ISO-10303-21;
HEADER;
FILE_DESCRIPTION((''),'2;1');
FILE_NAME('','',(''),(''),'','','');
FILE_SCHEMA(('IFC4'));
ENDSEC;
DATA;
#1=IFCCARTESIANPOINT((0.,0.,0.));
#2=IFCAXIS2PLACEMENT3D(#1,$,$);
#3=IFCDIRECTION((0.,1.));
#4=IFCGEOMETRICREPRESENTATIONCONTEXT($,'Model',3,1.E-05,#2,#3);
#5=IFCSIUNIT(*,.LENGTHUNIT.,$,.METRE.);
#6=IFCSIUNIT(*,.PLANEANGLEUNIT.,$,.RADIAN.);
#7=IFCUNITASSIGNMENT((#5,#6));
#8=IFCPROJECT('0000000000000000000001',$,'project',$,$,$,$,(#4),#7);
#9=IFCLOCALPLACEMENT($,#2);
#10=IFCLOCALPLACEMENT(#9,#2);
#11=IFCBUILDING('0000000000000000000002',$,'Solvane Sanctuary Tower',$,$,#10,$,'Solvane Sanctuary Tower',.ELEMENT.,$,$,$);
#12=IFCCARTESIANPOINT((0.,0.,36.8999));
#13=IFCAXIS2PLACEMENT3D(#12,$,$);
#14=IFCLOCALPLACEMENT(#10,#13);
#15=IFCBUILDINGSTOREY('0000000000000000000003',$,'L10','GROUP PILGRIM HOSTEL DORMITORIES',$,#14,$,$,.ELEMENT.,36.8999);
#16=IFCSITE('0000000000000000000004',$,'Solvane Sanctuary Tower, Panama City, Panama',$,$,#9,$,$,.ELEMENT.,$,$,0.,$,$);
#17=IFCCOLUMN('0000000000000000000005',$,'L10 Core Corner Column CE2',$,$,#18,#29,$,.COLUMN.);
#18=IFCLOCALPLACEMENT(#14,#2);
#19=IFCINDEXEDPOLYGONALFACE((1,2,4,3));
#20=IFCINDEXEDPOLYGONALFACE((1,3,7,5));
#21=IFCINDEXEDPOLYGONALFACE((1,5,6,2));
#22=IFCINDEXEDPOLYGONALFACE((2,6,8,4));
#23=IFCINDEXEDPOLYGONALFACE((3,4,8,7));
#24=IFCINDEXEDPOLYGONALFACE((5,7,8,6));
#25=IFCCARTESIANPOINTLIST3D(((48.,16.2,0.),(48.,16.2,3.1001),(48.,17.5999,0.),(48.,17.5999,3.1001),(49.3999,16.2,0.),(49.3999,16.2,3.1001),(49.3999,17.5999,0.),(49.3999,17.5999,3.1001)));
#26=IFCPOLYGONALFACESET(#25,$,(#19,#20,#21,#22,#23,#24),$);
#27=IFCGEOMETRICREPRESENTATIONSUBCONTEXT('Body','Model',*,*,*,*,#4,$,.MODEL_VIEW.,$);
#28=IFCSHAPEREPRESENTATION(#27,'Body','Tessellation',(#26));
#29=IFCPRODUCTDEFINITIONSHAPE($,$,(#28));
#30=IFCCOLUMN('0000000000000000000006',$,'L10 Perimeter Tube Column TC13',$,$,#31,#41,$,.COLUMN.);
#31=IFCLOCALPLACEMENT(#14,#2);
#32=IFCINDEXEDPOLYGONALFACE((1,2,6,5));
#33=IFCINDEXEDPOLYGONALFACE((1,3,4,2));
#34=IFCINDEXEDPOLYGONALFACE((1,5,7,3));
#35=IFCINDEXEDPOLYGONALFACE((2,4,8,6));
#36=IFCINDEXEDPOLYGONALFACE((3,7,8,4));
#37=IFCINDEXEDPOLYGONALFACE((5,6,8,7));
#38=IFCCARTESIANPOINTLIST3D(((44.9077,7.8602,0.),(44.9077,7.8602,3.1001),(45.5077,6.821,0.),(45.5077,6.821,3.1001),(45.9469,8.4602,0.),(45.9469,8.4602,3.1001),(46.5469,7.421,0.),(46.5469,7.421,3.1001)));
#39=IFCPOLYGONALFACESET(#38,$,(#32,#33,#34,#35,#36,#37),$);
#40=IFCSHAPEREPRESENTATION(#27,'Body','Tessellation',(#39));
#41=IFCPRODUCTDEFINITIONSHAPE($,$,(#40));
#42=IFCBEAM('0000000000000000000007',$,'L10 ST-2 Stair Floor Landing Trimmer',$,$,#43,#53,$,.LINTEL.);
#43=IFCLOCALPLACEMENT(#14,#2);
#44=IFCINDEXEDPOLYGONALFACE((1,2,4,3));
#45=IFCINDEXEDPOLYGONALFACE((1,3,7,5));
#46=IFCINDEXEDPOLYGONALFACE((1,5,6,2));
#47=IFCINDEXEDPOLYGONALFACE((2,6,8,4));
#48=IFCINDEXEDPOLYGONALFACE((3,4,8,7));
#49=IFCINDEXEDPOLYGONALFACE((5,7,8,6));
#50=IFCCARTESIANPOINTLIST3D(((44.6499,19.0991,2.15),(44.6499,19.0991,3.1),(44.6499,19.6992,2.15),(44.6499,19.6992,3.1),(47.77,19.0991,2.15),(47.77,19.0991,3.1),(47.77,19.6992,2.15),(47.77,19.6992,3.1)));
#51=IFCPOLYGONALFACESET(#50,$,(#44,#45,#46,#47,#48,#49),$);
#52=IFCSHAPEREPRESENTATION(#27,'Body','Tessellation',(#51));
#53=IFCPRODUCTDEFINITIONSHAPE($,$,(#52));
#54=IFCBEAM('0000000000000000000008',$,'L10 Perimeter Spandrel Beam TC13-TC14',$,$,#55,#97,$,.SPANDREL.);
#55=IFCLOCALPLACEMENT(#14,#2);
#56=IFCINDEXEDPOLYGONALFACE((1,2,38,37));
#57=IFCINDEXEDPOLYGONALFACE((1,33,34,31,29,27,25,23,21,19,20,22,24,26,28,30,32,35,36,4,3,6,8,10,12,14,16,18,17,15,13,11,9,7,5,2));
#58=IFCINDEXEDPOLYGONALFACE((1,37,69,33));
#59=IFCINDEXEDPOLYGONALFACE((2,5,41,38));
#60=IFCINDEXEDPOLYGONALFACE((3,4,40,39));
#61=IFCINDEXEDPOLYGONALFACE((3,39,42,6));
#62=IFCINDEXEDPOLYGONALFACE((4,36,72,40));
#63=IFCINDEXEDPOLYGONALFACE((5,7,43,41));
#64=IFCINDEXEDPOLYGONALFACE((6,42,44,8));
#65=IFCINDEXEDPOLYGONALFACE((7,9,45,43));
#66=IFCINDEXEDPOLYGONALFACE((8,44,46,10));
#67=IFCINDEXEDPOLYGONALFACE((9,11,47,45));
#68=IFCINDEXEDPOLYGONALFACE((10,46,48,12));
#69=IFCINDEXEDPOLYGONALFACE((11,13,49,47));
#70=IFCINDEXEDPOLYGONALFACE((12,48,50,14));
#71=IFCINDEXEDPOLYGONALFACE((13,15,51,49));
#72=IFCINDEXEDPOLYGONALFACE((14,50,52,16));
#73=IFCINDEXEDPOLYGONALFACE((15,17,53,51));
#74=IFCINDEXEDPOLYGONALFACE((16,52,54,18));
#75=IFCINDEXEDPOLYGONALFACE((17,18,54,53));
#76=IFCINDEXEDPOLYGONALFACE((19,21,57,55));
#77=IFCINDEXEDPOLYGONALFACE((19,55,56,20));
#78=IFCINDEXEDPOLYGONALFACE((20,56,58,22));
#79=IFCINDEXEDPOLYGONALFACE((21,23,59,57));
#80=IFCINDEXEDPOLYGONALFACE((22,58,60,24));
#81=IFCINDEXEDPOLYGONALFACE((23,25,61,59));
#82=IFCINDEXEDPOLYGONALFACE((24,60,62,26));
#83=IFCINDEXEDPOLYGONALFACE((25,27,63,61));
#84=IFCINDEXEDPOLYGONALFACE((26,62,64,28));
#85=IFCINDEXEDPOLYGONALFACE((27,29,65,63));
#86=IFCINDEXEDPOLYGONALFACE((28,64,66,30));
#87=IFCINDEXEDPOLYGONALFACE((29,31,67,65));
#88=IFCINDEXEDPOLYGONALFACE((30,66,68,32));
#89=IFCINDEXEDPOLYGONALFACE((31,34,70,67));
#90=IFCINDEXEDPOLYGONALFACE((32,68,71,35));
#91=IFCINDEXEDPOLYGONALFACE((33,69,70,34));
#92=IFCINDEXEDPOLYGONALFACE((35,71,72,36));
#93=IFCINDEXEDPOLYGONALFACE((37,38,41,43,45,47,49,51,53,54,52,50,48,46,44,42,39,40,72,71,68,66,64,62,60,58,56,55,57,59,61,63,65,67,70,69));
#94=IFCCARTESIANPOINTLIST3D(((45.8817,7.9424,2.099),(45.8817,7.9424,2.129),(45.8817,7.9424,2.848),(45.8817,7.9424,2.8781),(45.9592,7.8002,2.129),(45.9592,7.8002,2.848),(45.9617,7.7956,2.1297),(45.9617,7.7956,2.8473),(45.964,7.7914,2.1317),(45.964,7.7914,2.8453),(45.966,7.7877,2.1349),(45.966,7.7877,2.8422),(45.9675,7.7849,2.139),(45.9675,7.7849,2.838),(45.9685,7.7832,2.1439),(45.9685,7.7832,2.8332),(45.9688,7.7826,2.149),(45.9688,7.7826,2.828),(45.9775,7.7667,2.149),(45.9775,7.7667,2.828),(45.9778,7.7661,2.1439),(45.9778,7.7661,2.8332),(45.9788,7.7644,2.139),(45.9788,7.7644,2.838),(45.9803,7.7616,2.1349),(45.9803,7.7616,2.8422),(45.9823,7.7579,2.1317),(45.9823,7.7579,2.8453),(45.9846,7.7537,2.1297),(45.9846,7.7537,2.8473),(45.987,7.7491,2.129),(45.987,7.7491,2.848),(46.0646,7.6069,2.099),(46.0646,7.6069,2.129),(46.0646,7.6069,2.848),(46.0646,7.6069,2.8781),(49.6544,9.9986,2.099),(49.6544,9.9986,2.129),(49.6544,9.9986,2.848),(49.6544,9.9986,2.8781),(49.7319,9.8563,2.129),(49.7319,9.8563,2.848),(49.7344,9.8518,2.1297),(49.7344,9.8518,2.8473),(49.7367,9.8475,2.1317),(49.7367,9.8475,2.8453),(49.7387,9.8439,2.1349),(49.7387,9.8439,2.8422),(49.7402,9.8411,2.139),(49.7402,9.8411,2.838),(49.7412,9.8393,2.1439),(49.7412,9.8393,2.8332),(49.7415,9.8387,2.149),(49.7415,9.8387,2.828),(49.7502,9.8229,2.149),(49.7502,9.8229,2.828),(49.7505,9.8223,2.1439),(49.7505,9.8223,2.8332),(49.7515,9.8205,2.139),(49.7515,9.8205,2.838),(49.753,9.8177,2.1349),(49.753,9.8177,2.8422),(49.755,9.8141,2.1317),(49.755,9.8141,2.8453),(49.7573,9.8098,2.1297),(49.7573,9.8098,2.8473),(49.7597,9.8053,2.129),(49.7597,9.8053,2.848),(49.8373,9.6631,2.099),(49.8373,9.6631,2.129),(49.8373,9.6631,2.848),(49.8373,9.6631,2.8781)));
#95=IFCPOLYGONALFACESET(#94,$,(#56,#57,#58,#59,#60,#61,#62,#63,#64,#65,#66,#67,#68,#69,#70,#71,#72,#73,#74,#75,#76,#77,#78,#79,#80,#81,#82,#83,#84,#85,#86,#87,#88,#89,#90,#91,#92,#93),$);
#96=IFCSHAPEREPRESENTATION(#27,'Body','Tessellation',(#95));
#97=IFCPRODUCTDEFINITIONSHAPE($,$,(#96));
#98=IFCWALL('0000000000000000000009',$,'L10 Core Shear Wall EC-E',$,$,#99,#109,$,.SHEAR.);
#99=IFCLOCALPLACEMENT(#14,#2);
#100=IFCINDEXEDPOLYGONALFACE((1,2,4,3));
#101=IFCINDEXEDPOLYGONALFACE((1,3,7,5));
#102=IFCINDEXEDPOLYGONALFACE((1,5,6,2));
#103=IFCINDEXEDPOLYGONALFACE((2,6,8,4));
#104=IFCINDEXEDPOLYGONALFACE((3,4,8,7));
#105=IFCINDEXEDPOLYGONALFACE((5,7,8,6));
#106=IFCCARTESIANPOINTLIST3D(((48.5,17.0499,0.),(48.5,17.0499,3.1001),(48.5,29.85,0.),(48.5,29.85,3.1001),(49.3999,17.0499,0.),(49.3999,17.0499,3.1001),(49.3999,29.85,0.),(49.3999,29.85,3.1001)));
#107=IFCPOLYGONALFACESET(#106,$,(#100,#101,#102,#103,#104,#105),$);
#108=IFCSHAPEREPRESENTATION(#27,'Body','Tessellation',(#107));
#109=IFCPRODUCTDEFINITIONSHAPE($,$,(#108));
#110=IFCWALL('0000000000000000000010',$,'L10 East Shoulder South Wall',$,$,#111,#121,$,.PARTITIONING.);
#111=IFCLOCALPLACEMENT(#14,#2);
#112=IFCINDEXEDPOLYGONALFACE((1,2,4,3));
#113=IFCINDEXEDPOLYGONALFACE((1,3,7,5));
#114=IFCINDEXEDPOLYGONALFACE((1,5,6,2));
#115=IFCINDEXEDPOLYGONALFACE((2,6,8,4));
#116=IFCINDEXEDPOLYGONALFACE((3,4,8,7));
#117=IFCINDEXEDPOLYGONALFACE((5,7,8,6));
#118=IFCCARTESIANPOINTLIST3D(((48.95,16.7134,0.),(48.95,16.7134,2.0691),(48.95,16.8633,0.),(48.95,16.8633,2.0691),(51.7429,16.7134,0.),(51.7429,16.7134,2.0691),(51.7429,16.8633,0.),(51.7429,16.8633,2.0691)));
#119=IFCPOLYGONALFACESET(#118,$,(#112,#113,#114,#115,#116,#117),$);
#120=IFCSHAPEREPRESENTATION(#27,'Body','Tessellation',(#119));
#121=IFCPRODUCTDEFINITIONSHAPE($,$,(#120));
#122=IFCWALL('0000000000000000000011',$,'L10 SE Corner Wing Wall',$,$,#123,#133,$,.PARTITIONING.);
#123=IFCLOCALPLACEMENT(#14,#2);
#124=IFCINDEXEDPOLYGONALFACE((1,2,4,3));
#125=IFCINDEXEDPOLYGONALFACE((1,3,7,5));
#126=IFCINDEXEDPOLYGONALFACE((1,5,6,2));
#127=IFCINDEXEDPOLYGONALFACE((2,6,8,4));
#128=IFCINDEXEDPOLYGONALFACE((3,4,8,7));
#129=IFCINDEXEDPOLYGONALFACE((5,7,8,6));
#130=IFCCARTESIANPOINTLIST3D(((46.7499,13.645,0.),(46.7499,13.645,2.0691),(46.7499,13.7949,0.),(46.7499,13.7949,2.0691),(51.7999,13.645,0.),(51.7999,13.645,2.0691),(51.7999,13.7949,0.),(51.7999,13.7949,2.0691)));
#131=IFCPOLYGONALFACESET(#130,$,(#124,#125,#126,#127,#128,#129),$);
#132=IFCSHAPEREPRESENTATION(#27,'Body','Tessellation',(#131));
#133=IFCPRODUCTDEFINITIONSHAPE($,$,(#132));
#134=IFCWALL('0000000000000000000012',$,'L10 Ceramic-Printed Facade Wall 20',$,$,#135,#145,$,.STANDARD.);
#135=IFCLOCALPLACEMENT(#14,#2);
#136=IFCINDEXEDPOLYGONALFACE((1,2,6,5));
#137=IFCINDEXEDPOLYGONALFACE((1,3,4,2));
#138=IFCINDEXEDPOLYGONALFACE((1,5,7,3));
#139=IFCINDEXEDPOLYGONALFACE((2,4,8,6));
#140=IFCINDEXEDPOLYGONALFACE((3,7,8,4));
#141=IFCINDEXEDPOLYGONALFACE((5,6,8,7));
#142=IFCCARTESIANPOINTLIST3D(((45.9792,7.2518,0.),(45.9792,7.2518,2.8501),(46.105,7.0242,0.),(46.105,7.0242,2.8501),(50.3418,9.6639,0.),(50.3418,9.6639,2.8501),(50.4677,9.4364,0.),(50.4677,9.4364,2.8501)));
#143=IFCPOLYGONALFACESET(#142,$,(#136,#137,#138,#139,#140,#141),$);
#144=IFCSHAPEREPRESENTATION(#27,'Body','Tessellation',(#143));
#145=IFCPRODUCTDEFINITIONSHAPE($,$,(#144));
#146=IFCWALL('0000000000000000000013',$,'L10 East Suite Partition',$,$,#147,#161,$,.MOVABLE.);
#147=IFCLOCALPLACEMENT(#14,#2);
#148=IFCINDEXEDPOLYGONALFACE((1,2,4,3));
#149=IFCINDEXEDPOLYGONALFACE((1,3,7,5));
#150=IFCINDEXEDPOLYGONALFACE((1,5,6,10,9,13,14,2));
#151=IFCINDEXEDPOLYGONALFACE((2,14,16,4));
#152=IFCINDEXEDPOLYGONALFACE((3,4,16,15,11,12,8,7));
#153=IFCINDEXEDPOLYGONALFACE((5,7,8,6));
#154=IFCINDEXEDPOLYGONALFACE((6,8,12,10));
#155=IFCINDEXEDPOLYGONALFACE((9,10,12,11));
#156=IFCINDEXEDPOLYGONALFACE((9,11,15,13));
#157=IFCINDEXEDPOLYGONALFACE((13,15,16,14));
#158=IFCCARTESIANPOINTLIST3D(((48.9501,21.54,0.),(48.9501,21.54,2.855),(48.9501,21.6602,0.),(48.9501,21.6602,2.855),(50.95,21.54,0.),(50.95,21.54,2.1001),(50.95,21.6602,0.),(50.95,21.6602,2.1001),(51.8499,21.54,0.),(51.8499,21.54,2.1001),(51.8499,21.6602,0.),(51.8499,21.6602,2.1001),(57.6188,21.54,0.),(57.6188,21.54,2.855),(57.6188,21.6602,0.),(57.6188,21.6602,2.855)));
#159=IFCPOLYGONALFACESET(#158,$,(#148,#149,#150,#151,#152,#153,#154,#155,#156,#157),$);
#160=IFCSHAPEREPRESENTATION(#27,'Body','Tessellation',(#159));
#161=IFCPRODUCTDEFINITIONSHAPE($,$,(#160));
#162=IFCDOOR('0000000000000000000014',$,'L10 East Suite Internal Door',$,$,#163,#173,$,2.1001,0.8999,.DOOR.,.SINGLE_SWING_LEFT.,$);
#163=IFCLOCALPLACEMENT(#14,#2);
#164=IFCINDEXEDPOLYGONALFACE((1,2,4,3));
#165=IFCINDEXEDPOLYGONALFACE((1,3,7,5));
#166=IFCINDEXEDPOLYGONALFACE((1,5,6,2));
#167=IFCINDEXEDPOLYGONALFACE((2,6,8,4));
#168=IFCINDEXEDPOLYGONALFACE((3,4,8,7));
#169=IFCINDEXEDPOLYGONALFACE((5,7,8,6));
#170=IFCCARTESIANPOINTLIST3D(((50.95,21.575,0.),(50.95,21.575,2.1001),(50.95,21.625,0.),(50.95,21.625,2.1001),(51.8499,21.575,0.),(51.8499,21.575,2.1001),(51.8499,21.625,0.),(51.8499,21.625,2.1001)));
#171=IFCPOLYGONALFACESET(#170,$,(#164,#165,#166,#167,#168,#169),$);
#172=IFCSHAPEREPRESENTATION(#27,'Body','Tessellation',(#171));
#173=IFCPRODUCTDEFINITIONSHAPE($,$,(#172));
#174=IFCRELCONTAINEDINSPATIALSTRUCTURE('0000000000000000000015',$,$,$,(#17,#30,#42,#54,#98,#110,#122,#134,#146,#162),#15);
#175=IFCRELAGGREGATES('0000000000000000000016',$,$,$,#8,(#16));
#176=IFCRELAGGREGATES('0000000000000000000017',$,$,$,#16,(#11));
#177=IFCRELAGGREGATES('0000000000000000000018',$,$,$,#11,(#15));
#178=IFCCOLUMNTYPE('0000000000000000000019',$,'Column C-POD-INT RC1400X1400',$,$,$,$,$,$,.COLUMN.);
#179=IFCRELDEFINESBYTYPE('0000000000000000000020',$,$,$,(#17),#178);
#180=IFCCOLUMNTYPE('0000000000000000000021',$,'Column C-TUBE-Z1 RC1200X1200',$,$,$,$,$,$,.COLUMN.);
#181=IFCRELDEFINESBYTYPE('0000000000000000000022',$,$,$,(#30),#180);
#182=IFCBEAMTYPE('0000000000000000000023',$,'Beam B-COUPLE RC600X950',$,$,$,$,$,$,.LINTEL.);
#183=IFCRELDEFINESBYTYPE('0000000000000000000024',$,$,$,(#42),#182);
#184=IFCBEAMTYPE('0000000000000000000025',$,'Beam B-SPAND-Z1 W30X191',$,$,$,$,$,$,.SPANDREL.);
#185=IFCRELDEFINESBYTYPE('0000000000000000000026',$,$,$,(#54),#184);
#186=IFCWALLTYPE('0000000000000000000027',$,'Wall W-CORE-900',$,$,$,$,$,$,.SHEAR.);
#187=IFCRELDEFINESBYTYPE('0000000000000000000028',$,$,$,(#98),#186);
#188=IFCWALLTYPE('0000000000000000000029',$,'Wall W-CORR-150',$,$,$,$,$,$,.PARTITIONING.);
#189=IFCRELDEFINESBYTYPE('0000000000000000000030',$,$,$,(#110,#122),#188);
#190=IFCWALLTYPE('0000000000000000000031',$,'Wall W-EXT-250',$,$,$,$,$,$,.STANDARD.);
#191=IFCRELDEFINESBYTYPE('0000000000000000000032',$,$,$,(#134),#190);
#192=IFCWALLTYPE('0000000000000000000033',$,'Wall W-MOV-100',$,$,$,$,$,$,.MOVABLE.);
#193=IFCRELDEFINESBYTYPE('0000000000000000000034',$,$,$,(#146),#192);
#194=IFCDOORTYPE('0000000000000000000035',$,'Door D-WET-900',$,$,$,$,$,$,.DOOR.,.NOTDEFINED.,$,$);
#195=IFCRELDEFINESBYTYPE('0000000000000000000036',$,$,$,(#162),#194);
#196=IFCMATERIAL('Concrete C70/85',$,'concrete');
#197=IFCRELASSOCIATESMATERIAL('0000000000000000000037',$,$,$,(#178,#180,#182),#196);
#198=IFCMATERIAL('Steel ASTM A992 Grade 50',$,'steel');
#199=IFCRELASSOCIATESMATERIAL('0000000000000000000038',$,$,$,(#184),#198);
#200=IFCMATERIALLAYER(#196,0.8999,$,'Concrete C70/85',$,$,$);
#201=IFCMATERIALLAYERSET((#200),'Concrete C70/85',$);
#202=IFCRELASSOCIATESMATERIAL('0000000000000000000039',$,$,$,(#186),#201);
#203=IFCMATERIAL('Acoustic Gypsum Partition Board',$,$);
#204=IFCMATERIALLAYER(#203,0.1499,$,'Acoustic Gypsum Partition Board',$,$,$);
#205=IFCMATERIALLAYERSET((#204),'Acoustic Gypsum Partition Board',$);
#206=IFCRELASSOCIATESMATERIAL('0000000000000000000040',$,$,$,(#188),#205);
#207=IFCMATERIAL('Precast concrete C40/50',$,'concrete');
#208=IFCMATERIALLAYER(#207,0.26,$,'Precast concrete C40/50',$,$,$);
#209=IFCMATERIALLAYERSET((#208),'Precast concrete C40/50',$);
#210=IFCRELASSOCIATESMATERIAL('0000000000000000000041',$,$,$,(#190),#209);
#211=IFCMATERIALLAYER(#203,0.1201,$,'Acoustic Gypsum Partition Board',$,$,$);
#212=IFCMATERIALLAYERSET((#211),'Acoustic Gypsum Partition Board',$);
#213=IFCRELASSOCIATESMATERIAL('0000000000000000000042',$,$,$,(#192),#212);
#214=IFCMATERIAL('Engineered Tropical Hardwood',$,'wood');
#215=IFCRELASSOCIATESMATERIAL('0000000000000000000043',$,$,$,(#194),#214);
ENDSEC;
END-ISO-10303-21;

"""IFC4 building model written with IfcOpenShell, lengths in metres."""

from ifc_helpers import new_model, si_unit, direction, frame, frame_2d, origin, origin_2d, place, context, subcontext, project, spatial, rectangle, i_section, extrude, material, layer, layer_set, material_profile, profile_set, type_object, element, fill, save


model = new_model("IFC4")

# Units and contexts
model_context = context("Model", 3, precision=1e-05, world=origin(), true_north=direction((0.0, 1.0)))
body_context = subcontext(model_context, "Body", "Model", "MODEL_VIEW")
ifc_project = project(units=[si_unit("LENGTHUNIT", "METRE"), si_unit("PLANEANGLEUNIT", "RADIAN")], contexts=[model_context])

# Site, building, storey
site_placement = place(None, origin())
site = spatial("IfcSite", under=ifc_project, at=site_placement, Name="Solvane Sanctuary Tower, Panama City, Panama", CompositionType="ELEMENT", RefElevation=0.0)
building_placement = place(site_placement, origin())
building = spatial("IfcBuilding", under=site, at=building_placement, Name="Solvane Sanctuary Tower", LongName="Solvane Sanctuary Tower", CompositionType="ELEMENT")
storey_placement = place(building_placement, frame((0.0, 0.0, 36.8999)))
storey = spatial("IfcBuildingStorey", under=building, at=storey_placement, Name="L10", Description="GROUP PILGRIM HOSTEL DORMITORIES", CompositionType="ELEMENT", Elevation=36.8999)

# Columns
ifc_material_1 = material(Name="Concrete C70/85", Category="concrete")
ifc_material_profile_1 = material_profile(ifc_material_1, rectangle(XDim=1.3999, YDim=1.3999, at=origin_2d()), Name="RC1400X1400")
ifc_profile_set_1 = profile_set([ifc_material_profile_1], Name="Concrete C70/85")
column_type_1 = type_object("IfcColumnType", Name="Column C-POD-INT RC1400X1400", PredefinedType="COLUMN", material=ifc_profile_set_1)
column_1_placement = place(storey_placement, frame((48.7, 16.8999, 0.0), z_axis=(0.0, 0.0, 1.0), x_axis=(1.0, 0.0, 0.0)))
element("IfcColumn", 1, at=column_1_placement, inside=storey, type_object=column_type_1, Name="L10 Core Corner Column CE2", PredefinedType="COLUMN", context=body_context, shape_type="SweptSolid", body=[
    extrude(rectangle(XDim=1.3999, YDim=1.3999, at=origin_2d()), origin(), (0.0, 0.0, 1.0), 3.1001),
])
ifc_material_profile_2 = material_profile(ifc_material_1, rectangle(XDim=1.2, YDim=1.2, at=origin_2d()), Name="RC1200X1200")
ifc_profile_set_2 = profile_set([ifc_material_profile_2], Name="Concrete C70/85")
column_type_2 = type_object("IfcColumnType", Name="Column C-TUBE-Z1 RC1200X1200", PredefinedType="COLUMN", material=ifc_profile_set_2)
column_2_placement = place(storey_placement, frame((45.7273, 7.6406, 0.0), z_axis=(0.0, 0.0, 1.0), x_axis=(0.5, -0.866025, 0.0)))
element("IfcColumn", 2, at=column_2_placement, inside=storey, type_object=column_type_2, Name="L10 Perimeter Tube Column TC13", PredefinedType="COLUMN", context=body_context, shape_type="SweptSolid", body=[
    extrude(rectangle(XDim=1.2, YDim=1.2, at=origin_2d()), origin(), (0.0, 0.0, 1.0), 3.1001),
])

# Beams
ifc_material_profile_3 = material_profile(ifc_material_1, rectangle(XDim=0.6001, YDim=0.95, at=origin_2d()), Name="RC600X950")
ifc_profile_set_3 = profile_set([ifc_material_profile_3], Name="Concrete C70/85")
beam_type_1 = type_object("IfcBeamType", Name="Beam B-COUPLE RC600X950", PredefinedType="LINTEL", material=ifc_profile_set_3)
beam_1_placement = place(storey_placement, frame((44.6499, 19.3992, 2.625), z_axis=(1.0, 0.0, 0.0), x_axis=(0.0, 1.0, 0.0)))
element("IfcBeam", 3, at=beam_1_placement, inside=storey, type_object=beam_type_1, Name="L10 ST-2 Stair Floor Landing Trimmer", PredefinedType="LINTEL", context=body_context, shape_type="SweptSolid", body=[
    extrude(rectangle(XDim=0.6001, YDim=0.95, at=origin_2d()), origin(), (0.0, 0.0, 1.0), 3.1201),
])
ifc_material_2 = material(Name="Steel ASTM A992 Grade 50", Category="steel")
ifc_material_profile_4 = material_profile(ifc_material_2, i_section(OverallWidth=0.3821, OverallDepth=0.7791, WebThickness=0.0181, FlangeThickness=0.03, FilletRadius=0.02, at=origin_2d()), Name="W30X191")
ifc_profile_set_4 = profile_set([ifc_material_profile_4], Name="Steel ASTM A992 Grade 50")
beam_type_2 = type_object("IfcBeamType", Name="Beam B-SPAND-Z1 W30X191", PredefinedType="SPANDREL", material=ifc_profile_set_4)
beam_2_placement = place(storey_placement, frame((45.9731, 7.7747, 2.4885), z_axis=(0.878061, 0.47855, 0.0), x_axis=(-0.47855, 0.878061, 0.0)))
element("IfcBeam", 4, at=beam_2_placement, inside=storey, type_object=beam_type_2, Name="L10 Perimeter Spandrel Beam TC13-TC14", PredefinedType="SPANDREL", context=body_context, shape_type="SweptSolid", body=[
    extrude(i_section(OverallWidth=0.3821, OverallDepth=0.7791, WebThickness=0.0181, FlangeThickness=0.03, FilletRadius=0.02, at=origin_2d()), origin(), (0.0, 0.0, 1.0), 4.2966),
])

# Walls
ifc_layer_1 = layer(ifc_material_1, 0.8999, Name="Concrete C70/85")
ifc_layer_set_1 = layer_set([ifc_layer_1], Name="Concrete C70/85")
wall_type_1 = type_object("IfcWallType", Name="Wall W-CORE-900", PredefinedType="SHEAR", material=ifc_layer_set_1)
wall_1_placement = place(storey_placement, frame((48.95, 17.05, 0.0), z_axis=(0.0, 0.0, 1.0), x_axis=(0.0, 1.0, 0.0)))
element("IfcWall", 5, at=wall_1_placement, inside=storey, type_object=wall_type_1, Name="L10 Core Shear Wall EC-E", PredefinedType="SHEAR", context=body_context, shape_type="SweptSolid", body=[
    extrude(rectangle(XDim=12.8, YDim=0.8999, at=frame_2d((6.3999, 0.0))), origin(), (0.0, 0.0, 1.0), 3.1001),
])
ifc_material_3 = material(Name="Acoustic Gypsum Partition Board")
ifc_layer_2 = layer(ifc_material_3, 0.1499, Name="Acoustic Gypsum Partition Board")
ifc_layer_set_2 = layer_set([ifc_layer_2], Name="Acoustic Gypsum Partition Board")
wall_type_2 = type_object("IfcWallType", Name="Wall W-CORR-150", PredefinedType="PARTITIONING", material=ifc_layer_set_2)
wall_2_placement = place(storey_placement, frame((48.95, 16.7883, 0.0), z_axis=(0.0, 0.0, 1.0), x_axis=(1.0, 0.0, 0.0)))
element("IfcWall", 6, at=wall_2_placement, inside=storey, type_object=wall_type_2, Name="L10 East Shoulder South Wall", PredefinedType="PARTITIONING", context=body_context, shape_type="SweptSolid", body=[
    extrude(rectangle(XDim=2.793, YDim=0.1499, at=frame_2d((1.3965, 0.0))), origin(), (0.0, 0.0, 1.0), 2.0691),
])
wall_3_placement = place(storey_placement, frame((46.75, 13.72, 0.0), z_axis=(0.0, 0.0, 1.0), x_axis=(1.0, 0.0, 0.0)))
element("IfcWall", 7, at=wall_3_placement, inside=storey, type_object=wall_type_2, Name="L10 SE Corner Wing Wall", PredefinedType="PARTITIONING", context=body_context, shape_type="SweptSolid", body=[
    extrude(rectangle(XDim=5.05, YDim=0.1499, at=frame_2d((2.5249, 0.0))), origin(), (0.0, 0.0, 1.0), 2.0691),
])
ifc_material_4 = material(Name="Precast concrete C40/50", Category="concrete")
ifc_layer_3 = layer(ifc_material_4, 0.26, Name="Precast concrete C40/50")
ifc_layer_set_3 = layer_set([ifc_layer_3], Name="Precast concrete C40/50")
wall_type_3 = type_object("IfcWallType", Name="Wall W-EXT-250", PredefinedType="STANDARD", material=ifc_layer_set_3)
wall_4_placement = place(storey_placement, frame((46.042, 7.1379, 0.0), z_axis=(0.0, 0.0, 1.0), x_axis=(0.875137, 0.483875, 0.0)))
element("IfcWall", 8, at=wall_4_placement, inside=storey, type_object=wall_type_3, Name="L10 Ceramic-Printed Facade Wall 20", PredefinedType="STANDARD", context=body_context, shape_type="SweptSolid", body=[
    extrude(rectangle(XDim=4.9851, YDim=0.26, at=frame_2d((2.4927, 0.0))), origin(), (0.0, 0.0, 1.0), 2.8501),
])

# Wall, opening, door
ifc_layer_4 = layer(ifc_material_3, 0.1201, Name="Acoustic Gypsum Partition Board")
ifc_layer_set_4 = layer_set([ifc_layer_4], Name="Acoustic Gypsum Partition Board")
wall_type_4 = type_object("IfcWallType", Name="Wall W-MOV-100", PredefinedType="MOVABLE", material=ifc_layer_set_4)
wall_5_placement = place(storey_placement, frame((48.95, 21.6001, 0.0), z_axis=(0.0, 0.0, 1.0), x_axis=(1.0, 0.0, 0.0)))
wall_5 = element("IfcWall", 9, at=wall_5_placement, inside=storey, type_object=wall_type_4, Name="L10 East Suite Partition", PredefinedType="MOVABLE", context=body_context, shape_type="SweptSolid", body=[
    extrude(rectangle(XDim=8.6687, YDim=0.1201, at=frame_2d((4.3345, 0.0))), origin(), (0.0, 0.0, 1.0), 2.855),
])
opening_1_placement = place(wall_5_placement, frame((2.0, 0.0, 0.0)))
opening_1 = element("IfcOpeningElement", 10, at=opening_1_placement, cuts=wall_5, PredefinedType="OPENING", context=body_context, shape_type="SweptSolid", body=[
    extrude(rectangle(XDim=0.8999, YDim=2.1001, at=frame_2d((0.45, 1.05))), frame((0.0, 0.0701, 0.0), z_axis=(0.0, -1.0, 0.0), x_axis=(1.0, 0.0, 0.0)), (0.0, 0.0, 1.0), 0.1401),
])
ifc_material_5 = material(Name="Engineered Tropical Hardwood", Category="wood")
door_type_1 = type_object("IfcDoorType", Name="Door D-WET-900", OperationType="NOTDEFINED", PredefinedType="DOOR", material=ifc_material_5)
door_1_placement = place(opening_1_placement, origin())
door_1 = element("IfcDoor", 11, at=door_1_placement, inside=storey, type_object=door_type_1, Name="L10 East Suite Internal Door", OperationType="SINGLE_SWING_LEFT", OverallHeight=2.1001, OverallWidth=0.8999, PredefinedType="DOOR", context=body_context, shape_type="SweptSolid", body=[
    extrude(rectangle(XDim=0.8999, YDim=2.1001, at=frame_2d((0.45, 1.05))), frame((0.0, 0.0249, 0.0), z_axis=(0.0, -1.0, 0.0), x_axis=(1.0, 0.0, 0.0)), (0.0, 0.0, 1.0), 0.05),
])
fill(opening_1, door_1)

save(model, "model.ifc")
